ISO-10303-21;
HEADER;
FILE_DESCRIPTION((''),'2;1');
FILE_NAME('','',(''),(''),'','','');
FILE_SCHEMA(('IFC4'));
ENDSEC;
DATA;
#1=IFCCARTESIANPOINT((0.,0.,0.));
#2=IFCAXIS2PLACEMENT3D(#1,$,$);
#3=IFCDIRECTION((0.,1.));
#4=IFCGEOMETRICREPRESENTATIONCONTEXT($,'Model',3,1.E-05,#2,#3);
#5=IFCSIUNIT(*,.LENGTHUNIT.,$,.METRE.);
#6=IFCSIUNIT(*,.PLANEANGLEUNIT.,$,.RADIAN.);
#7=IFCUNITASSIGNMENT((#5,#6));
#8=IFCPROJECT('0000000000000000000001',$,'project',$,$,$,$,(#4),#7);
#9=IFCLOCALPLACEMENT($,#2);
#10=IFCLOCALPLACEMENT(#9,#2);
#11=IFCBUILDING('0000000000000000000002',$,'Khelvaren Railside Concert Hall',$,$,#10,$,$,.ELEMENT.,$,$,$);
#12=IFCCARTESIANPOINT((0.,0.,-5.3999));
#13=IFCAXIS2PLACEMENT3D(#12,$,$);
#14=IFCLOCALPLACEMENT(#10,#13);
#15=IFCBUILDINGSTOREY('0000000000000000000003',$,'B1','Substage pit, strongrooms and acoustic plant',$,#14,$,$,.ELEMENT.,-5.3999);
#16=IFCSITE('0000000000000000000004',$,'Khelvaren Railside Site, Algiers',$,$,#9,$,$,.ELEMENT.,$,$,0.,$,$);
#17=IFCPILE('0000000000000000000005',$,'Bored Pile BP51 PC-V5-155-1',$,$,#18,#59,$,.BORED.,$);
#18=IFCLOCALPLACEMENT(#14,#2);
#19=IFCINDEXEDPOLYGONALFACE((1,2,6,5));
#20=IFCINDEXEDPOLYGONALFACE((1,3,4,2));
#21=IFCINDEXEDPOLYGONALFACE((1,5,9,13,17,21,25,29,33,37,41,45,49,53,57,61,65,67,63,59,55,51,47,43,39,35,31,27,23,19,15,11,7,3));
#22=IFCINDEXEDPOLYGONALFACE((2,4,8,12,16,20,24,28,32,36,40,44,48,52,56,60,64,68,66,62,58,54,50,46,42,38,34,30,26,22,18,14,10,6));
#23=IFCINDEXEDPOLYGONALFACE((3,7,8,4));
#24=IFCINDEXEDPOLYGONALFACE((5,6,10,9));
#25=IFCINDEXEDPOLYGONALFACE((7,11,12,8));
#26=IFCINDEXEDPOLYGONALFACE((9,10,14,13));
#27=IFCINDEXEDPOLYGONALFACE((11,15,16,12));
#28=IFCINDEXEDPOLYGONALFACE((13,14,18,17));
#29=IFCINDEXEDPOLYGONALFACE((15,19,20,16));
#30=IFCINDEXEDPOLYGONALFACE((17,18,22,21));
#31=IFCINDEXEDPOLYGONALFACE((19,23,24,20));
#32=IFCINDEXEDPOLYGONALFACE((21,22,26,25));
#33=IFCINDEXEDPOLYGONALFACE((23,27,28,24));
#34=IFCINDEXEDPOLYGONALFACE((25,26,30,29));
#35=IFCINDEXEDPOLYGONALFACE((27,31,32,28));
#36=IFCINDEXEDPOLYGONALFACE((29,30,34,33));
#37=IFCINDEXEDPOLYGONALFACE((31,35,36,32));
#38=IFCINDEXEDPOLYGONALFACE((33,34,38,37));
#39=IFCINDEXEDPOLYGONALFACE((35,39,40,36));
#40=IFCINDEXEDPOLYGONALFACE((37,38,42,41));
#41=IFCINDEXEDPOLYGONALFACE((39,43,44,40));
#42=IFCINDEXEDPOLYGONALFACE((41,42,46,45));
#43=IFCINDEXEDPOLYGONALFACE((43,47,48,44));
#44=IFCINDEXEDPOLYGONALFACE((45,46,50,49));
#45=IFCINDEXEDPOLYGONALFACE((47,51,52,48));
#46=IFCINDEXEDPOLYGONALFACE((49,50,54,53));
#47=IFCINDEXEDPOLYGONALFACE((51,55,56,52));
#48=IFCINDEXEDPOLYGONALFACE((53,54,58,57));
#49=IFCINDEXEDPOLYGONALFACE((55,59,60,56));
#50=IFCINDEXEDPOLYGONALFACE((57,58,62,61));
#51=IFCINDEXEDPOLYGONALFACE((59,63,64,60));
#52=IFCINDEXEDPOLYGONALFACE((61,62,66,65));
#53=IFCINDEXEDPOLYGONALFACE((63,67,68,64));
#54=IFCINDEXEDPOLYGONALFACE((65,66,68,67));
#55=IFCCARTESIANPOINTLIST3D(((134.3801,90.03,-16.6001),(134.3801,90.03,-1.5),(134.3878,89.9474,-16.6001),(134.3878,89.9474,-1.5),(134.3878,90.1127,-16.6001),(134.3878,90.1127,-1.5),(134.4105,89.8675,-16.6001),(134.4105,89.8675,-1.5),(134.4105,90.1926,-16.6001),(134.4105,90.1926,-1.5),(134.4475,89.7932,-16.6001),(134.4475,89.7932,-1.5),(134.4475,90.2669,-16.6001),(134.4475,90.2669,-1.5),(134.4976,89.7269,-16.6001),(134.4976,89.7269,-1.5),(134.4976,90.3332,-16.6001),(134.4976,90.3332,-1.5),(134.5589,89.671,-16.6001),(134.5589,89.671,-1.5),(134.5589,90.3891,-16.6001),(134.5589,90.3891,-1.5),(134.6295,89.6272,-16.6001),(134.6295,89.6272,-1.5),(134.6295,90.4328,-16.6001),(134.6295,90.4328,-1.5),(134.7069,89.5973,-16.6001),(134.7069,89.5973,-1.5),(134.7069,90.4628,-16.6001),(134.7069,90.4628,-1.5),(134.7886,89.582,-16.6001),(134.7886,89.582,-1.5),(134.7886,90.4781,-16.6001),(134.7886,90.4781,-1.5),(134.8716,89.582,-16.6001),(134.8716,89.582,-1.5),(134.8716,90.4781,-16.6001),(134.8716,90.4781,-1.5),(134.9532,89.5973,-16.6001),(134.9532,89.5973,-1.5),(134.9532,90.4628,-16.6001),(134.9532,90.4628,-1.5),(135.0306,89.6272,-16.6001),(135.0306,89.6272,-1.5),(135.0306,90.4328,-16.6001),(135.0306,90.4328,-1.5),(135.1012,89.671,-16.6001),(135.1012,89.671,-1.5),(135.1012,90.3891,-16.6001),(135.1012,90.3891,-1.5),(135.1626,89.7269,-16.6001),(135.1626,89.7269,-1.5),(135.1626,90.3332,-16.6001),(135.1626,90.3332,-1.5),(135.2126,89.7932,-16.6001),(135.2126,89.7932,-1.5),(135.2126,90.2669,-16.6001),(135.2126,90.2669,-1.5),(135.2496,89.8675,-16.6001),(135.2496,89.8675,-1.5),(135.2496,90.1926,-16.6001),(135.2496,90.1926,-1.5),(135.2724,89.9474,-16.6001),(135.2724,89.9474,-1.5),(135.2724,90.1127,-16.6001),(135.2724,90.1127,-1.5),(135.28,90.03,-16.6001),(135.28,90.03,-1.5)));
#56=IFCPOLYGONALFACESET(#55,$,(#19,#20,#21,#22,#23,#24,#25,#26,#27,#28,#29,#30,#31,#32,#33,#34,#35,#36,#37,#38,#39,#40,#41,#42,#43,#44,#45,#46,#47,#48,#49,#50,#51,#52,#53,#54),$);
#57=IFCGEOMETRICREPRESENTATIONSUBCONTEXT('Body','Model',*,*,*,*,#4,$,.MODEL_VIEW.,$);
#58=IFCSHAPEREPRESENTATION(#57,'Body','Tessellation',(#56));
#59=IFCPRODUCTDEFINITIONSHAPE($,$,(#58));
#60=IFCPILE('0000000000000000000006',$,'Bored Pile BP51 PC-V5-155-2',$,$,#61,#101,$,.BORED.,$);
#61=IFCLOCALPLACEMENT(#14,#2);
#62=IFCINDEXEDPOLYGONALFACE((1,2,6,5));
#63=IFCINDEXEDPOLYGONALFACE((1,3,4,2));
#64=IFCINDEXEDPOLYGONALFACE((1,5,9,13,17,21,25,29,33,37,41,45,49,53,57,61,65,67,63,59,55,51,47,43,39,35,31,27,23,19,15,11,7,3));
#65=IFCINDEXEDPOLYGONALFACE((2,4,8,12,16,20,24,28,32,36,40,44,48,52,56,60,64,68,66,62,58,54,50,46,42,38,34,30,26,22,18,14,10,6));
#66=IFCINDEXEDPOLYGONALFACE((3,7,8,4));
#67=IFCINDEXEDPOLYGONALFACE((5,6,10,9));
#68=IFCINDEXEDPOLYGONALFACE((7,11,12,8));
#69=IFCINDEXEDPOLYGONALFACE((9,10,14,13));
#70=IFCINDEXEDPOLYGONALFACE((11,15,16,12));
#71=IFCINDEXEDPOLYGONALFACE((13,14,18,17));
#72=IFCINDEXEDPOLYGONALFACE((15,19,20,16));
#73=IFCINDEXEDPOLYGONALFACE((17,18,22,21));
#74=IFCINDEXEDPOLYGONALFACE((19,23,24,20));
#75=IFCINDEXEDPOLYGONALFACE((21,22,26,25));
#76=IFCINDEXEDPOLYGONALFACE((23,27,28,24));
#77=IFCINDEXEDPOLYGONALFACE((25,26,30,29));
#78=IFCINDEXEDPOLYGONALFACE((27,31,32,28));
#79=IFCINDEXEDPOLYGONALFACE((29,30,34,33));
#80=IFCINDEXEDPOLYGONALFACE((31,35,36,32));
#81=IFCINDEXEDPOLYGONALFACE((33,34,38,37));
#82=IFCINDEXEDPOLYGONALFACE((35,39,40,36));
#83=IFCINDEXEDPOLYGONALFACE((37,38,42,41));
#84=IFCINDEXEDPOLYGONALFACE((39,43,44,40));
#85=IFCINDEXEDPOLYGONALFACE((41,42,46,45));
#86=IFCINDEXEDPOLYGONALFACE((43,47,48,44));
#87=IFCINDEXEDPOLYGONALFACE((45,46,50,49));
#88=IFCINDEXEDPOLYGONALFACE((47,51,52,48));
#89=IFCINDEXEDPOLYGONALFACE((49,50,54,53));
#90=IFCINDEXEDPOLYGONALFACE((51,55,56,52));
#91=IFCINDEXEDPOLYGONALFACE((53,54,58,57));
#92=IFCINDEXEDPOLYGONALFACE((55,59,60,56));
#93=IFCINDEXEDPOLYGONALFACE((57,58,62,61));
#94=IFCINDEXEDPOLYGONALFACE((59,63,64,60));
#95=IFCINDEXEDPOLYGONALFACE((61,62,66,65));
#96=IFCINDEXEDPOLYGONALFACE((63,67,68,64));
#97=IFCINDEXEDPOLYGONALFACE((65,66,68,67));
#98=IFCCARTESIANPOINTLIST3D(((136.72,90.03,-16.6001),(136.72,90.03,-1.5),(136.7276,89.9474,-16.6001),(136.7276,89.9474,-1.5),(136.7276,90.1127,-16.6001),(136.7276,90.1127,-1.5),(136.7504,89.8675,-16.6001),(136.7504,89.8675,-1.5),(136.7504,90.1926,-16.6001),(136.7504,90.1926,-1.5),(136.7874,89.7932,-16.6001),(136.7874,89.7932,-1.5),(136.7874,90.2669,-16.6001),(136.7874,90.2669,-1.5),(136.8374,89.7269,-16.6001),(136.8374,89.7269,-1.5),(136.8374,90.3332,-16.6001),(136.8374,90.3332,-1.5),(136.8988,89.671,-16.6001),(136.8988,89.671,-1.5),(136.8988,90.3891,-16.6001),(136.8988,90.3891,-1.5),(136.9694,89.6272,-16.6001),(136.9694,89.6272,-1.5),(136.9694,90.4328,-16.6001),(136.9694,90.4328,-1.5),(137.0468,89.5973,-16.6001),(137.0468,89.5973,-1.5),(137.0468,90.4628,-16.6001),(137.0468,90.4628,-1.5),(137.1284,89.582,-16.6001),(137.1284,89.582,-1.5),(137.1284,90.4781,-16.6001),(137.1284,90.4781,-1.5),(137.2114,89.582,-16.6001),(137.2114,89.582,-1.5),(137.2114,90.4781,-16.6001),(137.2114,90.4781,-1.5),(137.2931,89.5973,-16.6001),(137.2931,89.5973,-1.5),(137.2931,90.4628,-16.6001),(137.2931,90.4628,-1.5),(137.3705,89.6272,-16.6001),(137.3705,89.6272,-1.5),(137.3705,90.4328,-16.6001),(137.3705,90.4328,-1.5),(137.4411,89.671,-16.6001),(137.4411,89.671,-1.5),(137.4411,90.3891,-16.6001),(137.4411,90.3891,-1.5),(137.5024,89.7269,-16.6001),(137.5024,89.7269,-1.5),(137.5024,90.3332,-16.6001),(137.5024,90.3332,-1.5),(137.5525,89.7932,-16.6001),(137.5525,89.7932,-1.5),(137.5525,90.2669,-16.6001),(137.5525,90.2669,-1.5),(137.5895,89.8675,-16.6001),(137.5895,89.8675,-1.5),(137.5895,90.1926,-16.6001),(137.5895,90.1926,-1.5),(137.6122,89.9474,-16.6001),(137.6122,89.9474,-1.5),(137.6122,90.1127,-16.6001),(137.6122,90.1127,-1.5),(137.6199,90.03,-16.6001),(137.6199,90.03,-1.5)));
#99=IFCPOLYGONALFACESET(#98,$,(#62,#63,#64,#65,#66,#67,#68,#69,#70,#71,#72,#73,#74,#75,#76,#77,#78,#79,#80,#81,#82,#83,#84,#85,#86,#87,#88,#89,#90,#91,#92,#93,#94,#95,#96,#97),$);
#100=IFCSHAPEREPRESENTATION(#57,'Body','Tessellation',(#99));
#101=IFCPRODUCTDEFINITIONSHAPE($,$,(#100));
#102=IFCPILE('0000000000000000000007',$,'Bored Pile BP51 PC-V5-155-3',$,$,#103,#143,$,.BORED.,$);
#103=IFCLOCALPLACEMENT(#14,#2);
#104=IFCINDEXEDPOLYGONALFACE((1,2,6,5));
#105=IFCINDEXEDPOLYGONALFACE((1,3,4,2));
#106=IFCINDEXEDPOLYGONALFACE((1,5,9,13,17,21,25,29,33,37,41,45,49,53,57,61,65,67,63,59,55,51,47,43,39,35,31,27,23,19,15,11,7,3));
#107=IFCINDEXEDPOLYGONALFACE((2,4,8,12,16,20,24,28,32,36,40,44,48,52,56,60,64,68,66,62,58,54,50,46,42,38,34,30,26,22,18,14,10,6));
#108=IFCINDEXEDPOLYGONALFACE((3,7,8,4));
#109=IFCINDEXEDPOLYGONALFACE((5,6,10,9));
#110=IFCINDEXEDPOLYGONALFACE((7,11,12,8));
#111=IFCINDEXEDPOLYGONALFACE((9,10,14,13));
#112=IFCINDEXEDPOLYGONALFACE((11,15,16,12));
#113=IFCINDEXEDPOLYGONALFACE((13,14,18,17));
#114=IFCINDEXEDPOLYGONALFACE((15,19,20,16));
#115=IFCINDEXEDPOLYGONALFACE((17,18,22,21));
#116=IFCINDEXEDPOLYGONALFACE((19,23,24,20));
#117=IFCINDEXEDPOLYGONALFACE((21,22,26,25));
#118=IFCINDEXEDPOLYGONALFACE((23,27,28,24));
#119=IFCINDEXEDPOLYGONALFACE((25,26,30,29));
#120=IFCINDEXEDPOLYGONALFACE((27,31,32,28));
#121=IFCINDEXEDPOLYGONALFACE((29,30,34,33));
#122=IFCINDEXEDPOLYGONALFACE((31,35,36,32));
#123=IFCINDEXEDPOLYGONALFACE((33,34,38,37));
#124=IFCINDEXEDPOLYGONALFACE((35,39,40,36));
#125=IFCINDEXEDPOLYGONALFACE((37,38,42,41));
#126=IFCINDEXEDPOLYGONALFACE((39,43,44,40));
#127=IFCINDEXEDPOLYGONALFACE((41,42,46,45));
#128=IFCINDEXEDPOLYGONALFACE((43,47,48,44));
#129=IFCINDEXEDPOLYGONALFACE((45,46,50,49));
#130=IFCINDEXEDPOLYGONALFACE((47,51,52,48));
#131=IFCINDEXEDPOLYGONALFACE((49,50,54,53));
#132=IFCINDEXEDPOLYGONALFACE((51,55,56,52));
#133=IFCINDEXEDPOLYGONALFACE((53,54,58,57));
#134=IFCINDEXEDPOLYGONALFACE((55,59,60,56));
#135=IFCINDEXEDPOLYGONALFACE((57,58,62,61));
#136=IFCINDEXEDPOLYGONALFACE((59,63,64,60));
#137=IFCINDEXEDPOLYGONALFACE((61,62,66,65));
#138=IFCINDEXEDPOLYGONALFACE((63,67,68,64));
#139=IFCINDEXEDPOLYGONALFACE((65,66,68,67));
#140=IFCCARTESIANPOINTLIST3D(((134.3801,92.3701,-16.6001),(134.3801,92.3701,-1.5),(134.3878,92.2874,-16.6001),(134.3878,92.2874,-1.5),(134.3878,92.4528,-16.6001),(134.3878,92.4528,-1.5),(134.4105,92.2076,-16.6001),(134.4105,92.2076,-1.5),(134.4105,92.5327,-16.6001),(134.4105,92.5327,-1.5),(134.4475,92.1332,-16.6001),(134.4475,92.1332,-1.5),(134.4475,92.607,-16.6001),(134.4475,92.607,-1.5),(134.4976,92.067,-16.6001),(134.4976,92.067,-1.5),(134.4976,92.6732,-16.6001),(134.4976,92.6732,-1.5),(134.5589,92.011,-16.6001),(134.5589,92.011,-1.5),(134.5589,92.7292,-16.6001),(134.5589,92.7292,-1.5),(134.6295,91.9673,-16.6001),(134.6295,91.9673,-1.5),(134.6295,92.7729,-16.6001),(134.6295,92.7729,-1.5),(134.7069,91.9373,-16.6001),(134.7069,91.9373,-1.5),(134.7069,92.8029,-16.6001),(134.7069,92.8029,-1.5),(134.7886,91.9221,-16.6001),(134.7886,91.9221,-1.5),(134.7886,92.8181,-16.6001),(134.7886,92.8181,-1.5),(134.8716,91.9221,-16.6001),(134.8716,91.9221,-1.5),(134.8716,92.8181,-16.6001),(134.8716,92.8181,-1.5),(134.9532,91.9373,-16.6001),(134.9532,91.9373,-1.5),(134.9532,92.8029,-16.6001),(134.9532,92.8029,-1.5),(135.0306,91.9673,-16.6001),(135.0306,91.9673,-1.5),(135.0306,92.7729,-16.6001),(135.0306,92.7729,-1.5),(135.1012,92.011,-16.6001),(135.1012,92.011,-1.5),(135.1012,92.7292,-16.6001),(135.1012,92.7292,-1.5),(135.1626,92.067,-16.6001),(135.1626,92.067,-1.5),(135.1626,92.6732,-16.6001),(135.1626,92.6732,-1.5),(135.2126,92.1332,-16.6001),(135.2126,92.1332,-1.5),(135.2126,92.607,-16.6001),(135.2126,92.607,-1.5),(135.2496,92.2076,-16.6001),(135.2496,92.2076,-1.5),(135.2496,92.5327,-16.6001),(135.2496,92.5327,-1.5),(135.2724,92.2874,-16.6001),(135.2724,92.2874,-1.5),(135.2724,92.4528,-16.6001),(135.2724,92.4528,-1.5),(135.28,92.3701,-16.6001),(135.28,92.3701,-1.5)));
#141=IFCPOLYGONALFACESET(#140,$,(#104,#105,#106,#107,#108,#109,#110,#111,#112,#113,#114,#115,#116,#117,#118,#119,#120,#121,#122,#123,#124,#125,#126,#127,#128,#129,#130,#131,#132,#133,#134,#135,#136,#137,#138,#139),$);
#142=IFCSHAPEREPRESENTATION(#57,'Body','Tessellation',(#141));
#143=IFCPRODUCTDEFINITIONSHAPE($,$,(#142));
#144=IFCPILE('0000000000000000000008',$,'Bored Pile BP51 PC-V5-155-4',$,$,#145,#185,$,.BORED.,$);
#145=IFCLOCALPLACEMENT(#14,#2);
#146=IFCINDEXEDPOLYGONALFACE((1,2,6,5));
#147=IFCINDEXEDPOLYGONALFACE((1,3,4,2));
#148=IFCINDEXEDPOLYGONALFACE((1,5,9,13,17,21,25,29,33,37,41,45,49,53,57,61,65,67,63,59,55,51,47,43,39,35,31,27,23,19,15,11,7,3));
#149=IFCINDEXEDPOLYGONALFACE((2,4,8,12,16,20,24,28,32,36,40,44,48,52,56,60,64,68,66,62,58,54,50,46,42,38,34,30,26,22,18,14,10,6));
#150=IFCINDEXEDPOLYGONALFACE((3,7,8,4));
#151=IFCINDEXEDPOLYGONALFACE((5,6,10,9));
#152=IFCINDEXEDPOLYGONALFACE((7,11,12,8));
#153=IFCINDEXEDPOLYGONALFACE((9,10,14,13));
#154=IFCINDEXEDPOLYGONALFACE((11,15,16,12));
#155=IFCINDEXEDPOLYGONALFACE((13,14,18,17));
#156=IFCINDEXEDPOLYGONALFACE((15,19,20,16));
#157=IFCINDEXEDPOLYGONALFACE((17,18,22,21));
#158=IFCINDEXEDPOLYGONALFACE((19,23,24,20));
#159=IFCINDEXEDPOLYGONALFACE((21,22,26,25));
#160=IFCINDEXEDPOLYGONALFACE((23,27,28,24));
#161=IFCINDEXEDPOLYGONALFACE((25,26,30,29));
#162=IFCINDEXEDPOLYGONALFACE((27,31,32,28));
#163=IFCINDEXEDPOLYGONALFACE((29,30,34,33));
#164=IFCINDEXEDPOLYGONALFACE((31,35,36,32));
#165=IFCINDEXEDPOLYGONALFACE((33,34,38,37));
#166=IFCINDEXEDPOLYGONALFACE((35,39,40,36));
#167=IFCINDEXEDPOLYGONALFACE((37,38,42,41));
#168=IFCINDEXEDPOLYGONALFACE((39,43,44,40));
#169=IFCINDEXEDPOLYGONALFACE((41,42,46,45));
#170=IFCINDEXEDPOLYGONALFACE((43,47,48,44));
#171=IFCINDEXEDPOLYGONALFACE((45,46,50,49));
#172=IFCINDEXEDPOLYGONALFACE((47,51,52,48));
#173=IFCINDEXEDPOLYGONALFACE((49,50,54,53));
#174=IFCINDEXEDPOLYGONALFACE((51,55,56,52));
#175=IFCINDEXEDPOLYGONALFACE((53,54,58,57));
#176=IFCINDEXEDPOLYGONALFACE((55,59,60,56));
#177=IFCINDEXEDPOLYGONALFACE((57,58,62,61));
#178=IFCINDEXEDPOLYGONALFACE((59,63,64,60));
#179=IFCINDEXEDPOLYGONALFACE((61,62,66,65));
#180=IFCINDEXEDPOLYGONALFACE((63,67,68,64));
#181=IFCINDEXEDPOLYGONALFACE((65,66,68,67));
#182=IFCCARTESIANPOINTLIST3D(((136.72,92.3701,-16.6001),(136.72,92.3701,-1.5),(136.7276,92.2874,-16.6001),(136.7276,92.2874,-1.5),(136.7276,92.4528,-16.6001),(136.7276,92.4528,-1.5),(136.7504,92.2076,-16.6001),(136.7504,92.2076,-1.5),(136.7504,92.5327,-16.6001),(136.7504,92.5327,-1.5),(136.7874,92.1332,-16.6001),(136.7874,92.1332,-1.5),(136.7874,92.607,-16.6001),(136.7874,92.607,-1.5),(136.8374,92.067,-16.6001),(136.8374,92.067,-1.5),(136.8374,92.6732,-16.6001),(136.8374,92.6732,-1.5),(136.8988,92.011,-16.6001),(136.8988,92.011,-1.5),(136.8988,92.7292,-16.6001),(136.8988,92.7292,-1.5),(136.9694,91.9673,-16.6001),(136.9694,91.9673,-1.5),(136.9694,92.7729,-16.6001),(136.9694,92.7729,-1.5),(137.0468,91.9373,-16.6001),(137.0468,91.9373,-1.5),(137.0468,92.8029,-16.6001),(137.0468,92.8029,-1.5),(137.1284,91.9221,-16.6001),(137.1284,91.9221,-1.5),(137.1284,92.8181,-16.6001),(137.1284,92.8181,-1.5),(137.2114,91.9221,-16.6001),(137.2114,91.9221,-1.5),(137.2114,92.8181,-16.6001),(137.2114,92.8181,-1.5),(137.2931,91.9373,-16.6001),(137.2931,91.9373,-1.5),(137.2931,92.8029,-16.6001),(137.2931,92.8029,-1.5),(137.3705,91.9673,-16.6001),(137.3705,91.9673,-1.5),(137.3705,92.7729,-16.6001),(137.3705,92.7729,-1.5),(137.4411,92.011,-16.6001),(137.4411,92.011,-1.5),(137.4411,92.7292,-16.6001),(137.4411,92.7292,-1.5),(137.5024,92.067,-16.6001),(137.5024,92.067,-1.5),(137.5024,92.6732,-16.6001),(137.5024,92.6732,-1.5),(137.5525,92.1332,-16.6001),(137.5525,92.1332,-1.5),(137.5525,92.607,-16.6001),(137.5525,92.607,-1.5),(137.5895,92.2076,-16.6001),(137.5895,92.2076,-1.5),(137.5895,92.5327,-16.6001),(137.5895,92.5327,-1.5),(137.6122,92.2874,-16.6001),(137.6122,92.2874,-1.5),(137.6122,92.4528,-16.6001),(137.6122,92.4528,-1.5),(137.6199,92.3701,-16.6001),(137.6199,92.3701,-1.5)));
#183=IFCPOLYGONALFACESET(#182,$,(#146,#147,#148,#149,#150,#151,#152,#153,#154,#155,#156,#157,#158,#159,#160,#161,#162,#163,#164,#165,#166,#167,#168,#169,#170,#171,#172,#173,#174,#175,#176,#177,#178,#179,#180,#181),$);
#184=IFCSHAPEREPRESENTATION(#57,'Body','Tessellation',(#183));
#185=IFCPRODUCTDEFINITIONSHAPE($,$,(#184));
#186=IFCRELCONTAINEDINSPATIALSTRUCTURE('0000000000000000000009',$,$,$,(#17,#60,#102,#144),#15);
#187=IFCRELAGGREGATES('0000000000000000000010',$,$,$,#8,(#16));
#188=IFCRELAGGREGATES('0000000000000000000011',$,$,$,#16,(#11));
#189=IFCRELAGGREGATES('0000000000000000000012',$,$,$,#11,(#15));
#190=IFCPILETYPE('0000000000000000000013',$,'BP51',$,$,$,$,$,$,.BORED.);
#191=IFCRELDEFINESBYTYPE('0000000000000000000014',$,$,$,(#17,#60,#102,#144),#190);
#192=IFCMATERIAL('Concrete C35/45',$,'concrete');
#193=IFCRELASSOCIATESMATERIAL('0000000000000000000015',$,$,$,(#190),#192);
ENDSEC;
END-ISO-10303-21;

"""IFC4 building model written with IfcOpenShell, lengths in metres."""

from ifc_helpers import new_model, si_unit, direction, frame, origin, origin_2d, place, context, subcontext, project, spatial, circle, extrude, material, material_profile, profile_set, type_object, element, save


model = new_model("IFC4")

# Units and contexts
model_context = context("Model", 3, precision=1e-05, world=origin(), true_north=direction((0.0, 1.0)))
body_context = subcontext(model_context, "Body", "Model", "MODEL_VIEW")
ifc_project = project(units=[si_unit("LENGTHUNIT", "METRE"), si_unit("PLANEANGLEUNIT", "RADIAN")], contexts=[model_context])

# Site, building, storey
site_placement = place(None, origin())
site = spatial("IfcSite", under=ifc_project, at=site_placement, Name="Khelvaren Railside Site, Algiers", CompositionType="ELEMENT", RefElevation=0.0)
building_placement = place(site_placement, origin())
building = spatial("IfcBuilding", under=site, at=building_placement, Name="Khelvaren Railside Concert Hall", CompositionType="ELEMENT")
storey_placement = place(building_placement, frame((0.0, 0.0, -5.3999)))
storey = spatial("IfcBuildingStorey", under=building, at=storey_placement, Name="B1", Description="Substage pit, strongrooms and acoustic plant", CompositionType="ELEMENT", Elevation=-5.3999)

# Piles
ifc_material_1 = material(Name="Concrete C35/45", Category="concrete")
ifc_material_profile_1 = material_profile(ifc_material_1, circle(Radius=0.45, at=origin_2d()), Name="BP D900")
ifc_profile_set_1 = profile_set([ifc_material_profile_1], Name="Concrete C35/45")
pile_type_1 = type_object("IfcPileType", Name="BP51", PredefinedType="BORED", material=ifc_profile_set_1)
for number, where, z_axis, x_axis, name in (
    (1, (134.8301, 90.03, -1.5), (0.0, 0.0, -1.0), (1.0, 0.0, 0.0), "Bored Pile BP51 PC-V5-155-1"),
    (2, (137.1699, 90.03, -1.5), (0.0, 0.0, -1.0), (1.0, 0.0, 0.0), "Bored Pile BP51 PC-V5-155-2"),
    (3, (134.8301, 92.3701, -1.5), (0.0, 0.0, -1.0), (1.0, 0.0, 0.0), "Bored Pile BP51 PC-V5-155-3"),
    (4, (137.1699, 92.3701, -1.5), (0.0, 0.0, -1.0), (1.0, 0.0, 0.0), "Bored Pile BP51 PC-V5-155-4"),
):
    element("IfcPile", number, at=place(storey_placement, frame(where, z_axis=z_axis, x_axis=x_axis)), inside=storey, type_object=pile_type_1, Name=name, PredefinedType="BORED", context=body_context, shape_type="SweptSolid", body=[
        extrude(circle(Radius=0.45, at=origin_2d()), origin(), (0.0, 0.0, 1.0), 15.1001),
    ])

save(model, "model.ifc")
